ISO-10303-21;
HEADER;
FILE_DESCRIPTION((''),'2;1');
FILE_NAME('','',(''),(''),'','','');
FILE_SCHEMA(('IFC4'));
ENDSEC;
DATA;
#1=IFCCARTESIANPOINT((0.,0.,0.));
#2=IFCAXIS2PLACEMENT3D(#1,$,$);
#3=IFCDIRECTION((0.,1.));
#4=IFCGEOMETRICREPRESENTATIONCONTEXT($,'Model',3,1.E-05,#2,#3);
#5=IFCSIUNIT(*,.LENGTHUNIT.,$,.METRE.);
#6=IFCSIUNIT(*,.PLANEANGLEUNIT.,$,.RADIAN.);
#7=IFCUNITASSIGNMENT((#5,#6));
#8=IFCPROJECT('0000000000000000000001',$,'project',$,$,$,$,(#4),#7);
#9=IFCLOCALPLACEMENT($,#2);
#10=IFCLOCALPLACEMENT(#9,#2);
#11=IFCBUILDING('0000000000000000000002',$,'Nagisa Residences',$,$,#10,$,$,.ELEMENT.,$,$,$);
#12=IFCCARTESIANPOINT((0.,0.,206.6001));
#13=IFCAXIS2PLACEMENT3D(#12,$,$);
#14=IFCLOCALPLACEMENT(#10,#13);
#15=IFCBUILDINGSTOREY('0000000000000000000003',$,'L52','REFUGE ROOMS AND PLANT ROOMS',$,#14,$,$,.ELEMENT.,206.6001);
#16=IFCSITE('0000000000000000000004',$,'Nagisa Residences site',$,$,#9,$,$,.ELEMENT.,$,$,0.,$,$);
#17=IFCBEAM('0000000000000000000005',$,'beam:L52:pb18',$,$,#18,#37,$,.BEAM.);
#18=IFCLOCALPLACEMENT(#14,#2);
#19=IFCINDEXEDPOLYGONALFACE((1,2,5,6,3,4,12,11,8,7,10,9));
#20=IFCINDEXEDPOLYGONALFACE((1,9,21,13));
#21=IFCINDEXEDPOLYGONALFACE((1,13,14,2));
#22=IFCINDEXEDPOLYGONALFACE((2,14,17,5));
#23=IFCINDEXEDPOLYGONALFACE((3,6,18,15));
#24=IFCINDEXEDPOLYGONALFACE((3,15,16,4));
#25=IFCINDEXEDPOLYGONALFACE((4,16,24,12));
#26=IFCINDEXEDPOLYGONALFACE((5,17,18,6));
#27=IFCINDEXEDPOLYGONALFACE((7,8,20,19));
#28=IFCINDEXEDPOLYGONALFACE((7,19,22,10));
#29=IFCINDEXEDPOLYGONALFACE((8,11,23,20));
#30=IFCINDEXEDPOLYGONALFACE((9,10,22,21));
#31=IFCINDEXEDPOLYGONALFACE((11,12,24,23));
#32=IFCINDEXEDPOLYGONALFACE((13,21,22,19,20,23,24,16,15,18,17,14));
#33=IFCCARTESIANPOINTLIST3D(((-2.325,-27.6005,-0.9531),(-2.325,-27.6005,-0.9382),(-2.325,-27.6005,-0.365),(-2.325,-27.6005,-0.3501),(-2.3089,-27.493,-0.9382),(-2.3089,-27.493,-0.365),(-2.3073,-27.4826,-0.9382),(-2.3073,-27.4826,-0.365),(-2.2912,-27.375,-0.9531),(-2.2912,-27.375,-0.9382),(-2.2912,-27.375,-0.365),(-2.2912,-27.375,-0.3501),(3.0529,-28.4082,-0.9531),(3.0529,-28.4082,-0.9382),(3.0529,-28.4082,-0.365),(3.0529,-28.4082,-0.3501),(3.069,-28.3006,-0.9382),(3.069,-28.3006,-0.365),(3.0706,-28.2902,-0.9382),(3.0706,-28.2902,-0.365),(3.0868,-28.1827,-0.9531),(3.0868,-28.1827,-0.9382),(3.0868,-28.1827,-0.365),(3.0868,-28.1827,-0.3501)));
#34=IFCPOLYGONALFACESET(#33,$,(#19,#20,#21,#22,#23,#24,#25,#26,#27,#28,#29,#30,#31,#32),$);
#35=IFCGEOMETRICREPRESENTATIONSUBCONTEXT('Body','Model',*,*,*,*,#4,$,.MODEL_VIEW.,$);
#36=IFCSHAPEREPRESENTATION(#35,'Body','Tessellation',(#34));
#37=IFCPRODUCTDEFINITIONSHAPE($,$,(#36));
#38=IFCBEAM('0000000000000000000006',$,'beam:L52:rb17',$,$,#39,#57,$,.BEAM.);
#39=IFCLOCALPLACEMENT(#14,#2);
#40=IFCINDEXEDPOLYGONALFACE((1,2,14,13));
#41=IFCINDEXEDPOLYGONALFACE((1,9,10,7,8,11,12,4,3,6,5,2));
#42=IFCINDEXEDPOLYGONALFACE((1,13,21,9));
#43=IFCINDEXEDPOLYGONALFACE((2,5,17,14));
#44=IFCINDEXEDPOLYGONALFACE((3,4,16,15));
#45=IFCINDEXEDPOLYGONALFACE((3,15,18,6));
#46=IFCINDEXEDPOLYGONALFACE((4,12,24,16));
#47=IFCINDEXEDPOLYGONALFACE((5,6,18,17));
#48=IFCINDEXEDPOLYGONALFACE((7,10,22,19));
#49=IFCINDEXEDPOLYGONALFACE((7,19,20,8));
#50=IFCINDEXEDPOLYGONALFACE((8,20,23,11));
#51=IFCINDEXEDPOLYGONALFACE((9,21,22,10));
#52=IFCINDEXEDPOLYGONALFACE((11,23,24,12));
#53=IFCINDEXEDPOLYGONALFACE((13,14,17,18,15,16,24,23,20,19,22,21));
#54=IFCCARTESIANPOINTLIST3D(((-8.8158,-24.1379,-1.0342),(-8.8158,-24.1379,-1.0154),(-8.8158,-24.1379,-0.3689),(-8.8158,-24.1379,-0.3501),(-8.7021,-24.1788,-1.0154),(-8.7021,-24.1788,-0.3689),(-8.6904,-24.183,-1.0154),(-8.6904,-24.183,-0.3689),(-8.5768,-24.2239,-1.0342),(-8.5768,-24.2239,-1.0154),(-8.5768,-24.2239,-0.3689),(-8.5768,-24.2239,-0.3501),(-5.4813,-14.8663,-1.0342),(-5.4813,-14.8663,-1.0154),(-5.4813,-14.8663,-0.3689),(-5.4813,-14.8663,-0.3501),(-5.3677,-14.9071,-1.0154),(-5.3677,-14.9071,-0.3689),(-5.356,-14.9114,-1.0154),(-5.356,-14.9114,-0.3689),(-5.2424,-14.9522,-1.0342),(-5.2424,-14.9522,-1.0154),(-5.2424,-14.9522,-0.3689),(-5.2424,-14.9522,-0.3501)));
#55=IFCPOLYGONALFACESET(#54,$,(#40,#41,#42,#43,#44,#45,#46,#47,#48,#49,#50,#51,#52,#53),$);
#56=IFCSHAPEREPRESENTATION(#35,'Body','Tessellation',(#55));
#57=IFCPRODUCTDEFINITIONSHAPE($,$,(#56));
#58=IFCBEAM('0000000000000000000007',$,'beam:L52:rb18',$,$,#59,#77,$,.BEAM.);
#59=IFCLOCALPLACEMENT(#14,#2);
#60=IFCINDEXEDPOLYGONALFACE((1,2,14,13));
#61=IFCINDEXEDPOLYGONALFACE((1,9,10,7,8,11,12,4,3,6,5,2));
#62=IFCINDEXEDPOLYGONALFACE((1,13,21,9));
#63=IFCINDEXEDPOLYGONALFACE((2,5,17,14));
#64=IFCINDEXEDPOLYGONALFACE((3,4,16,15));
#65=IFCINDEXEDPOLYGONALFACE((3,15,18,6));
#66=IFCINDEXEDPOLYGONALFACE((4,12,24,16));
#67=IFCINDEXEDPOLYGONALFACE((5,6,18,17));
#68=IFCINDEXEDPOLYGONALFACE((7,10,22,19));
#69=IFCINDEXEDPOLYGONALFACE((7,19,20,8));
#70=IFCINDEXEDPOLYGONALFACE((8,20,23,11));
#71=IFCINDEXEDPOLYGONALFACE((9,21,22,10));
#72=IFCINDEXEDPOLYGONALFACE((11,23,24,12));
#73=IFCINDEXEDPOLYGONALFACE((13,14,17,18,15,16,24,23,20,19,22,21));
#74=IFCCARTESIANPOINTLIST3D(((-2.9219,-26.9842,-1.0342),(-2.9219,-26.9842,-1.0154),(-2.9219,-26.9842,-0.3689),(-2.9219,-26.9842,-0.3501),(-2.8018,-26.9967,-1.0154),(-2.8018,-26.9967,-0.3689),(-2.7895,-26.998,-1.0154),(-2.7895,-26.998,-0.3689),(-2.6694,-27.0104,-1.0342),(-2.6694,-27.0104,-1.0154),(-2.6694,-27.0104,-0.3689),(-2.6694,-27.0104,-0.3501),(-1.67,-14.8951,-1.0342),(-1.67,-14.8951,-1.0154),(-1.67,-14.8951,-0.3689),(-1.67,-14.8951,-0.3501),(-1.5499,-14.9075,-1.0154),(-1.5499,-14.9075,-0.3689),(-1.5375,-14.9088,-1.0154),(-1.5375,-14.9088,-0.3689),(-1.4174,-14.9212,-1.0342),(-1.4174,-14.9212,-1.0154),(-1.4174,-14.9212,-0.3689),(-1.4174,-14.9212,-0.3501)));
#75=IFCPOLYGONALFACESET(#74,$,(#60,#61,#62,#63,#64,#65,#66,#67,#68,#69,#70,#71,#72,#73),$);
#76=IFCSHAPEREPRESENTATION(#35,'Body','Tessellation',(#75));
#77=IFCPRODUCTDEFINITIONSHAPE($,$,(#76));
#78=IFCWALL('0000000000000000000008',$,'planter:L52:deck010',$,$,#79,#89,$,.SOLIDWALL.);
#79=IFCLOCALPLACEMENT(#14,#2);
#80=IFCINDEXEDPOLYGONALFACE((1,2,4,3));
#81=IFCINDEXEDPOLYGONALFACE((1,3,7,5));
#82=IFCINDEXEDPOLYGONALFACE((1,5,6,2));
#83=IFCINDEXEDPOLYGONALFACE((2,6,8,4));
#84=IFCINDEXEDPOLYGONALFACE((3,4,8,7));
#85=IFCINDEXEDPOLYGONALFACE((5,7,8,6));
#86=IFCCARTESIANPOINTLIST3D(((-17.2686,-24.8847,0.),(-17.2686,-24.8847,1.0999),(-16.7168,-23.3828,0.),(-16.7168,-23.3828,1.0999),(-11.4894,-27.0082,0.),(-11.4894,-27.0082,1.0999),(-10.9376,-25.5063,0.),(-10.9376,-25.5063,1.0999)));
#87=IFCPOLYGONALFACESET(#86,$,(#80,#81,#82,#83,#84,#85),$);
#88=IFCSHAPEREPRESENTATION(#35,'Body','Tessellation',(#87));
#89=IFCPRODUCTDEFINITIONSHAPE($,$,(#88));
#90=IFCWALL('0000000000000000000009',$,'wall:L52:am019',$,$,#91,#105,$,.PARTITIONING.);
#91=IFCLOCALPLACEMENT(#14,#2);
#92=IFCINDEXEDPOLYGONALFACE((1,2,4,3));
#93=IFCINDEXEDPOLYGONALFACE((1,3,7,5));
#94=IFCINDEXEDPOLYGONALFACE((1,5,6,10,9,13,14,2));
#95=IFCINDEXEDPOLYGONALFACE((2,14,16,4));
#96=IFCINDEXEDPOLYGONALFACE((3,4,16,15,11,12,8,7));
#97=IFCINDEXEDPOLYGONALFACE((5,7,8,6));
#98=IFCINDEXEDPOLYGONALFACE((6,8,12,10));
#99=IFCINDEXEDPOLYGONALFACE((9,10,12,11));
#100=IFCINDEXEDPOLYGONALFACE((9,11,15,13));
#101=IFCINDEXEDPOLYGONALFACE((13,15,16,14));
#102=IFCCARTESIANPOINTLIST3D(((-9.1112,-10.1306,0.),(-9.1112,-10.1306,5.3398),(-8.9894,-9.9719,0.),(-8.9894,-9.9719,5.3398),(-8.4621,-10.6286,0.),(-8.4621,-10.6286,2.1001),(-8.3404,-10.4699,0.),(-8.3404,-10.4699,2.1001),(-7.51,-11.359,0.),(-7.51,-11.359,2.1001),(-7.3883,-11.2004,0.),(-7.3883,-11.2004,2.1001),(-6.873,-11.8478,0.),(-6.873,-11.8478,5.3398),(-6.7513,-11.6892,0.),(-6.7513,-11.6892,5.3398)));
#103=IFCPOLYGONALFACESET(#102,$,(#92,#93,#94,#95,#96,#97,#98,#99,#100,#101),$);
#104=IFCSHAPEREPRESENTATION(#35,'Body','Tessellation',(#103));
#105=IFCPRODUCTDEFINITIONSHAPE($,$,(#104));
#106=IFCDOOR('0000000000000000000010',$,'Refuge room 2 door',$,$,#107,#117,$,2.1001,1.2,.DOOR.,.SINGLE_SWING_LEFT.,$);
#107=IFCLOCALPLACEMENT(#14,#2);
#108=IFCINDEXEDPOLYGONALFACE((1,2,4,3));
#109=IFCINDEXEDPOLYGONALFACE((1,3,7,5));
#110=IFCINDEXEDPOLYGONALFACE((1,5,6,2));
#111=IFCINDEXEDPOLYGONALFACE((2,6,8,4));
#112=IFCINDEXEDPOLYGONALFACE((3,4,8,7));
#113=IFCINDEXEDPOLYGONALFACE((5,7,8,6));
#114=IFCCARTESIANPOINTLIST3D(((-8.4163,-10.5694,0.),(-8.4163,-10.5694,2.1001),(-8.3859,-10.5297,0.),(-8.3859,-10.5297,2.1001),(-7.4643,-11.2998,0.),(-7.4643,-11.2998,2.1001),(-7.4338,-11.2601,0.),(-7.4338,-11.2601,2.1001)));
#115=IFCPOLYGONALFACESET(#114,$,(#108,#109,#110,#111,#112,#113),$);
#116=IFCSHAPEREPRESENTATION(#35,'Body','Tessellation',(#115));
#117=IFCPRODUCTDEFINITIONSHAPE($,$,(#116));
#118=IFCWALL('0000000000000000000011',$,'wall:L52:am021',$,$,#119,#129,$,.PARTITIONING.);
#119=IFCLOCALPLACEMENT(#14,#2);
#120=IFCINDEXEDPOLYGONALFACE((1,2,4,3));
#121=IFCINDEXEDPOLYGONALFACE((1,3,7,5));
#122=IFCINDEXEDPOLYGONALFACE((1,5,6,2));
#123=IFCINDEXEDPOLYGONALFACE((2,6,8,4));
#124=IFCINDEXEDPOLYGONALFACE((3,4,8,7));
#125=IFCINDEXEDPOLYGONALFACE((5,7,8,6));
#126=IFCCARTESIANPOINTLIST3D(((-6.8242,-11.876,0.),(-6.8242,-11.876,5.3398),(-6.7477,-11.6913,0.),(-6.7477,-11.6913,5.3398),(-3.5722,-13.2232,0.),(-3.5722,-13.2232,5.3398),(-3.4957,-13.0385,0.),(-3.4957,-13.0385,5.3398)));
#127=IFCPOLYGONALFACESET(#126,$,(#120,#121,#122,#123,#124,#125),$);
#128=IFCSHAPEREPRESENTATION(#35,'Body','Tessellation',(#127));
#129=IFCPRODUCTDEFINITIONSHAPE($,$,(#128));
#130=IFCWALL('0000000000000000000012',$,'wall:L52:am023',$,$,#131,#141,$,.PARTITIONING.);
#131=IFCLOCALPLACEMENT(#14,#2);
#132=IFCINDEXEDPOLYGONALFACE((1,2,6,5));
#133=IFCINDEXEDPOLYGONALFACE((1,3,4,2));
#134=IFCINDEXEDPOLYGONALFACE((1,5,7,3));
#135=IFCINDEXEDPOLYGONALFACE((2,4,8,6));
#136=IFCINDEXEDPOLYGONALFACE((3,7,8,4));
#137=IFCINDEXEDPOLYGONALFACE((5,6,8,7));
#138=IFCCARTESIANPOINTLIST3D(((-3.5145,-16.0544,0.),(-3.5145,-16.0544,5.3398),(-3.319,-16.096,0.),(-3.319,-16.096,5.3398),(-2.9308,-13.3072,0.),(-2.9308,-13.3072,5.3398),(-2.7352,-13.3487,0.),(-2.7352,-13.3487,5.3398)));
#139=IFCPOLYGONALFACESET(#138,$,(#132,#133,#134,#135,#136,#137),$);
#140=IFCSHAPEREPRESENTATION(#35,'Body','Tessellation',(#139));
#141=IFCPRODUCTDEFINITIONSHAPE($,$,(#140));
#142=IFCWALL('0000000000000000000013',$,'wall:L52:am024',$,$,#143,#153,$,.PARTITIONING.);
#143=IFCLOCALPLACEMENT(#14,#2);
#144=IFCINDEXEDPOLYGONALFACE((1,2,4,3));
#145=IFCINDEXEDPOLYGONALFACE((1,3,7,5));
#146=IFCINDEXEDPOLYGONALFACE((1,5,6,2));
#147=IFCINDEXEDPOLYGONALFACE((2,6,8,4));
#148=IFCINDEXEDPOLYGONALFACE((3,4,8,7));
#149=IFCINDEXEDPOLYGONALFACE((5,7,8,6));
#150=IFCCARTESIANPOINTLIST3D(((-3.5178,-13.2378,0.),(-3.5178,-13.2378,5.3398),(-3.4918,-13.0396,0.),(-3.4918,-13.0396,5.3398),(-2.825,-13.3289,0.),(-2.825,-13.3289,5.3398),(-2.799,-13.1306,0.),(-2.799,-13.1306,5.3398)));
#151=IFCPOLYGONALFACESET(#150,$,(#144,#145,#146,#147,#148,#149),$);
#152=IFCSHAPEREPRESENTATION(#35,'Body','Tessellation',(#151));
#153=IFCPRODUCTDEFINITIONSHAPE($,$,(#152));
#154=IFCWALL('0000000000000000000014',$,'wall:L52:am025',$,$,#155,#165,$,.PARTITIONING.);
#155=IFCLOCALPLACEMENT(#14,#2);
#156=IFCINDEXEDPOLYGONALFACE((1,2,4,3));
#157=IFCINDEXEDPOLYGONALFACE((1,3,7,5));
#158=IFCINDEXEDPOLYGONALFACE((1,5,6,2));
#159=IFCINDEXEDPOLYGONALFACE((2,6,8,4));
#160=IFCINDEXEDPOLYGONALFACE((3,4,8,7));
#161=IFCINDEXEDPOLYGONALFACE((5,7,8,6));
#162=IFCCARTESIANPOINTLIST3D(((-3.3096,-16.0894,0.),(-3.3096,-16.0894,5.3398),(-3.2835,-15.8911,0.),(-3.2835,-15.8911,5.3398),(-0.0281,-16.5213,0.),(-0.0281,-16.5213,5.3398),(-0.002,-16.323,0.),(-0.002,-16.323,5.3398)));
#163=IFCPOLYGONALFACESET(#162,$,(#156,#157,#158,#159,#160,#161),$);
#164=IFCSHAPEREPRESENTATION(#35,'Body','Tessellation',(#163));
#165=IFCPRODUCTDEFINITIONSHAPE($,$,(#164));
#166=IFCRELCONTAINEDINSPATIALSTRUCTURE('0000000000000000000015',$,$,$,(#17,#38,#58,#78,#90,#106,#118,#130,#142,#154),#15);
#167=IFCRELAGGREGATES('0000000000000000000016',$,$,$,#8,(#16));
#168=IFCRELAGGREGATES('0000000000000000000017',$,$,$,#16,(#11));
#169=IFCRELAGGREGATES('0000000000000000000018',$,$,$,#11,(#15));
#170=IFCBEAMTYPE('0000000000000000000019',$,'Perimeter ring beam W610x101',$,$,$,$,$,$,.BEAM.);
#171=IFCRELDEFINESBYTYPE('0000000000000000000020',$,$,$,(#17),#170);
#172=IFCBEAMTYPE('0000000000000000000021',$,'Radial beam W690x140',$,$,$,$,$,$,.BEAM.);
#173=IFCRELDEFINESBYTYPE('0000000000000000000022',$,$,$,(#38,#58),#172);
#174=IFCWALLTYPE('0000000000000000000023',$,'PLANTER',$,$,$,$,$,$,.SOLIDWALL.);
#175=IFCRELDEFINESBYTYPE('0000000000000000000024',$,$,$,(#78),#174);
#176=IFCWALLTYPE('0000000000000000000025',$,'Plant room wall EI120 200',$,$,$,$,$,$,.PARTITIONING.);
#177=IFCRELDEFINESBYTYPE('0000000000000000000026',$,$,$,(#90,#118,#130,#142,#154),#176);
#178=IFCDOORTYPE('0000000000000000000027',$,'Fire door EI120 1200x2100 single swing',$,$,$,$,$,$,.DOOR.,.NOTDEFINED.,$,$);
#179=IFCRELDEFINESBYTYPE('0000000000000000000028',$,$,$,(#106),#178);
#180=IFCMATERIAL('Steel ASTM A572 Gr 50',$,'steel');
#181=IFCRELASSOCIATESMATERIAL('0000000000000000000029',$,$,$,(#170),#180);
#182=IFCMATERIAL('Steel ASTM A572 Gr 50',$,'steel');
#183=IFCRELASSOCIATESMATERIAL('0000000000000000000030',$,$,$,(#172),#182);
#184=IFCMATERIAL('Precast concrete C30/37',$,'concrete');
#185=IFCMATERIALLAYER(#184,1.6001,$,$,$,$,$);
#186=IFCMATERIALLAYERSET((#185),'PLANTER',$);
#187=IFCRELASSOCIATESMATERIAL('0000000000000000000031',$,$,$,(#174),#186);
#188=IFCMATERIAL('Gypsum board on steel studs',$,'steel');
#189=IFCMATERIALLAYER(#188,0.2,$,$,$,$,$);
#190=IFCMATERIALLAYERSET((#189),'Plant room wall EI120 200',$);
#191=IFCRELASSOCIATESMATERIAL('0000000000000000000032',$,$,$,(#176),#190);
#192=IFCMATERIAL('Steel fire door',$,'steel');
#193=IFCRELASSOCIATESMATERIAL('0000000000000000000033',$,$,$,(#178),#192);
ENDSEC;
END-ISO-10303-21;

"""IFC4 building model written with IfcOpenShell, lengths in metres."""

from ifc_helpers import new_model, si_unit, direction, frame, frame_2d, origin, origin_2d, place, context, subcontext, project, spatial, rectangle, i_section, extrude, material, layer, layer_set, material_profile, profile_set, type_object, element, fill, save


model = new_model("IFC4")

# Units and contexts
model_context = context("Model", 3, precision=1e-05, world=origin(), true_north=direction((0.0, 1.0)))
body_context = subcontext(model_context, "Body", "Model", "MODEL_VIEW")
ifc_project = project(units=[si_unit("LENGTHUNIT", "METRE"), si_unit("PLANEANGLEUNIT", "RADIAN")], contexts=[model_context])

# Site, building, storey
site_placement = place(None, origin())
site = spatial("IfcSite", under=ifc_project, at=site_placement, Name="Nagisa Residences site", CompositionType="ELEMENT", RefElevation=0.0)
building_placement = place(site_placement, origin())
building = spatial("IfcBuilding", under=site, at=building_placement, Name="Nagisa Residences", CompositionType="ELEMENT")
storey_placement = place(building_placement, frame((0.0, 0.0, 206.6001)))
storey = spatial("IfcBuildingStorey", under=building, at=storey_placement, Name="L52", Description="REFUGE ROOMS AND PLANT ROOMS", CompositionType="ELEMENT", Elevation=206.6001)

# Beams
ifc_material_1 = material(Name="Steel ASTM A572 Gr 50", Category="steel")
ifc_material_profile_1 = material_profile(ifc_material_1, i_section(OverallWidth=0.228, OverallDepth=0.603, WebThickness=0.0105, FlangeThickness=0.0149, at=origin_2d()), Name="W610x101")
ifc_profile_set_1 = profile_set([ifc_material_profile_1], Name="Steel ASTM A572 Gr 50")
beam_type_1 = type_object("IfcBeamType", Name="Perimeter ring beam W610x101", PredefinedType="BEAM", material=ifc_profile_set_1)
beam_1_placement = place(storey_placement, frame((-2.3081, -27.4878, -0.6516), z_axis=(0.988911, -0.148507, 0.0), x_axis=(0.148507, 0.988911, 0.0)))
element("IfcBeam", 1, at=beam_1_placement, inside=storey, type_object=beam_type_1, Name="beam:L52:pb18", PredefinedType="BEAM", context=body_context, shape_type="SweptSolid", body=[
    extrude(i_section(OverallWidth=0.228, OverallDepth=0.603, WebThickness=0.0105, FlangeThickness=0.0149, at=origin_2d()), origin(), (0.0, 0.0, 1.0), 5.4382),
])
ifc_material_2 = material(Name="Steel ASTM A572 Gr 50", Category="steel")
ifc_material_profile_2 = material_profile(ifc_material_2, i_section(OverallWidth=0.2539, OverallDepth=0.6841, WebThickness=0.0125, FlangeThickness=0.0188, at=origin_2d()), Name="W690x140")
ifc_profile_set_2 = profile_set([ifc_material_profile_2], Name="Steel ASTM A572 Gr 50")
beam_type_2 = type_object("IfcBeamType", Name="Radial beam W690x140", PredefinedType="BEAM", material=ifc_profile_set_2)
beam_2_placement = place(storey_placement, frame((-8.6963, -24.1809, -0.6921), z_axis=(0.338418, 0.940996, 0.0), x_axis=(-0.940996, 0.338418, 0.0)))
element("IfcBeam", 2, at=beam_2_placement, inside=storey, type_object=beam_type_2, Name="beam:L52:rb17", PredefinedType="BEAM", context=body_context, shape_type="SweptSolid", body=[
    extrude(i_section(OverallWidth=0.2539, OverallDepth=0.6841, WebThickness=0.0125, FlangeThickness=0.0188, at=origin_2d()), origin(), (0.0, 0.0, 1.0), 9.853),
])
beam_3_placement = place(storey_placement, frame((-2.7957, -26.9973, -0.6921), z_axis=(0.103009, 0.99468, 0.0), x_axis=(-0.99468, 0.103009, 0.0)))
element("IfcBeam", 3, at=beam_3_placement, inside=storey, type_object=beam_type_2, Name="beam:L52:rb18", PredefinedType="BEAM", context=body_context, shape_type="SweptSolid", body=[
    extrude(i_section(OverallWidth=0.2539, OverallDepth=0.6841, WebThickness=0.0125, FlangeThickness=0.0188, at=origin_2d()), origin(), (0.0, 0.0, 1.0), 12.1538),
])

# Wall
ifc_material_3 = material(Name="Precast concrete C30/37", Category="concrete")
ifc_layer_1 = layer(ifc_material_3, 1.6001)
ifc_layer_set_1 = layer_set([ifc_layer_1], Name="PLANTER")
wall_type_1 = type_object("IfcWallType", Name="PLANTER", PredefinedType="SOLIDWALL", material=ifc_layer_set_1)
wall_1_placement = place(storey_placement, frame((-11.2134, -26.2573, 0.0), z_axis=(0.0, 0.0, 1.0), x_axis=(-0.938642, 0.344893, 0.0)))
element("IfcWall", 4, at=wall_1_placement, inside=storey, type_object=wall_type_1, Name="planter:L52:deck010", PredefinedType="SOLIDWALL", context=body_context, shape_type="SweptSolid", body=[
    extrude(rectangle(XDim=6.157, YDim=1.6001, at=frame_2d((3.0786, 0.0))), origin(), (0.0, 0.0, 1.0), 1.0999),
])

# Wall, opening, door
ifc_material_4 = material(Name="Gypsum board on steel studs", Category="steel")
ifc_layer_2 = layer(ifc_material_4, 0.2)
ifc_layer_set_2 = layer_set([ifc_layer_2], Name="Plant room wall EI120 200")
wall_type_2 = type_object("IfcWallType", Name="Plant room wall EI120 200", PredefinedType="PARTITIONING", material=ifc_layer_set_2)
wall_2_placement = place(storey_placement, frame((-6.812, -11.7686, 0.0), z_axis=(0.0, 0.0, 1.0), x_axis=(-0.793389, 0.608715, 0.0)))
wall_2 = element("IfcWall", 5, at=wall_2_placement, inside=storey, type_object=wall_type_2, Name="wall:L52:am019", PredefinedType="PARTITIONING", context=body_context, shape_type="SweptSolid", body=[
    extrude(rectangle(XDim=2.821, YDim=0.2, at=frame_2d((1.4106, 0.0))), origin(), (0.0, 0.0, 1.0), 5.3398),
])
opening_1_placement = place(wall_2_placement, frame((0.803, 0.0, 0.0)))
opening_1 = element("IfcOpeningElement", 6, at=opening_1_placement, cuts=wall_2, PredefinedType="OPENING", context=body_context, shape_type="SweptSolid", body=[
    extrude(rectangle(XDim=1.2, YDim=2.1001, at=frame_2d((0.6001, 1.05))), frame((0.0, 0.1099, 0.0), z_axis=(0.0, -1.0, 0.0), x_axis=(1.0, 0.0, 0.0)), (0.0, 0.0, 1.0), 0.22),
])
ifc_material_5 = material(Name="Steel fire door", Category="steel")
door_type_1 = type_object("IfcDoorType", Name="Fire door EI120 1200x2100 single swing", OperationType="NOTDEFINED", PredefinedType="DOOR", material=ifc_material_5)
door_1_placement = place(opening_1_placement, frame((1.2, 0.0, 0.0), x_axis=(-1.0, 0.0, 0.0)))
door_1 = element("IfcDoor", 7, at=door_1_placement, inside=storey, type_object=door_type_1, Name="Refuge room 2 door", OperationType="SINGLE_SWING_LEFT", OverallHeight=2.1001, OverallWidth=1.2, PredefinedType="DOOR", context=body_context, shape_type="SweptSolid", body=[
    extrude(rectangle(XDim=1.2, YDim=2.1001, at=frame_2d((0.6001, 1.05))), frame((0.0, 0.0249, 0.0), z_axis=(0.0, -1.0, 0.0), x_axis=(1.0, 0.0, 0.0)), (0.0, 0.0, 1.0), 0.05),
])
fill(opening_1, door_1)

# Walls
wall_3_placement = place(storey_placement, frame((-3.5339, -13.1309, 0.0), z_axis=(0.0, 0.0, 1.0), x_axis=(-0.923863, 0.382723, 0.0)))
element("IfcWall", 8, at=wall_3_placement, inside=storey, type_object=wall_type_2, Name="wall:L52:am021", PredefinedType="PARTITIONING", context=body_context, shape_type="SweptSolid", body=[
    extrude(rectangle(XDim=3.52, YDim=0.2, at=frame_2d((1.76, 0.0))), origin(), (0.0, 0.0, 1.0), 5.3398),
])
wall_4_placement = place(storey_placement, frame((-3.4167, -16.0752, 0.0), z_axis=(0.0, 0.0, 1.0), x_axis=(0.207837, 0.978163, 0.0)))
element("IfcWall", 9, at=wall_4_placement, inside=storey, type_object=wall_type_2, Name="wall:L52:am023", PredefinedType="PARTITIONING", context=body_context, shape_type="SweptSolid", body=[
    extrude(rectangle(XDim=2.8086, YDim=0.2, at=frame_2d((1.4043, 0.0))), origin(), (0.0, 0.0, 1.0), 5.3398),
])
wall_5_placement = place(storey_placement, frame((-2.812, -13.2297, 0.0), z_axis=(0.0, 0.0, 1.0), x_axis=(-0.991473, 0.13031, 0.0)))
element("IfcWall", 10, at=wall_5_placement, inside=storey, type_object=wall_type_2, Name="wall:L52:am024", PredefinedType="PARTITIONING", context=body_context, shape_type="SweptSolid", body=[
    extrude(rectangle(XDim=0.6987, YDim=0.2, at=frame_2d((0.3494, 0.0))), origin(), (0.0, 0.0, 1.0), 5.3398),
])
wall_6_placement = place(storey_placement, frame((-0.0151, -16.4221, 0.0), z_axis=(0.0, 0.0, 1.0), x_axis=(-0.99145, 0.130487, 0.0)))
element("IfcWall", 11, at=wall_6_placement, inside=storey, type_object=wall_type_2, Name="wall:L52:am025", PredefinedType="PARTITIONING", context=body_context, shape_type="SweptSolid", body=[
    extrude(rectangle(XDim=3.3098, YDim=0.2, at=frame_2d((1.6548, 0.0))), origin(), (0.0, 0.0, 1.0), 5.3398),
])

save(model, "model.ifc")
